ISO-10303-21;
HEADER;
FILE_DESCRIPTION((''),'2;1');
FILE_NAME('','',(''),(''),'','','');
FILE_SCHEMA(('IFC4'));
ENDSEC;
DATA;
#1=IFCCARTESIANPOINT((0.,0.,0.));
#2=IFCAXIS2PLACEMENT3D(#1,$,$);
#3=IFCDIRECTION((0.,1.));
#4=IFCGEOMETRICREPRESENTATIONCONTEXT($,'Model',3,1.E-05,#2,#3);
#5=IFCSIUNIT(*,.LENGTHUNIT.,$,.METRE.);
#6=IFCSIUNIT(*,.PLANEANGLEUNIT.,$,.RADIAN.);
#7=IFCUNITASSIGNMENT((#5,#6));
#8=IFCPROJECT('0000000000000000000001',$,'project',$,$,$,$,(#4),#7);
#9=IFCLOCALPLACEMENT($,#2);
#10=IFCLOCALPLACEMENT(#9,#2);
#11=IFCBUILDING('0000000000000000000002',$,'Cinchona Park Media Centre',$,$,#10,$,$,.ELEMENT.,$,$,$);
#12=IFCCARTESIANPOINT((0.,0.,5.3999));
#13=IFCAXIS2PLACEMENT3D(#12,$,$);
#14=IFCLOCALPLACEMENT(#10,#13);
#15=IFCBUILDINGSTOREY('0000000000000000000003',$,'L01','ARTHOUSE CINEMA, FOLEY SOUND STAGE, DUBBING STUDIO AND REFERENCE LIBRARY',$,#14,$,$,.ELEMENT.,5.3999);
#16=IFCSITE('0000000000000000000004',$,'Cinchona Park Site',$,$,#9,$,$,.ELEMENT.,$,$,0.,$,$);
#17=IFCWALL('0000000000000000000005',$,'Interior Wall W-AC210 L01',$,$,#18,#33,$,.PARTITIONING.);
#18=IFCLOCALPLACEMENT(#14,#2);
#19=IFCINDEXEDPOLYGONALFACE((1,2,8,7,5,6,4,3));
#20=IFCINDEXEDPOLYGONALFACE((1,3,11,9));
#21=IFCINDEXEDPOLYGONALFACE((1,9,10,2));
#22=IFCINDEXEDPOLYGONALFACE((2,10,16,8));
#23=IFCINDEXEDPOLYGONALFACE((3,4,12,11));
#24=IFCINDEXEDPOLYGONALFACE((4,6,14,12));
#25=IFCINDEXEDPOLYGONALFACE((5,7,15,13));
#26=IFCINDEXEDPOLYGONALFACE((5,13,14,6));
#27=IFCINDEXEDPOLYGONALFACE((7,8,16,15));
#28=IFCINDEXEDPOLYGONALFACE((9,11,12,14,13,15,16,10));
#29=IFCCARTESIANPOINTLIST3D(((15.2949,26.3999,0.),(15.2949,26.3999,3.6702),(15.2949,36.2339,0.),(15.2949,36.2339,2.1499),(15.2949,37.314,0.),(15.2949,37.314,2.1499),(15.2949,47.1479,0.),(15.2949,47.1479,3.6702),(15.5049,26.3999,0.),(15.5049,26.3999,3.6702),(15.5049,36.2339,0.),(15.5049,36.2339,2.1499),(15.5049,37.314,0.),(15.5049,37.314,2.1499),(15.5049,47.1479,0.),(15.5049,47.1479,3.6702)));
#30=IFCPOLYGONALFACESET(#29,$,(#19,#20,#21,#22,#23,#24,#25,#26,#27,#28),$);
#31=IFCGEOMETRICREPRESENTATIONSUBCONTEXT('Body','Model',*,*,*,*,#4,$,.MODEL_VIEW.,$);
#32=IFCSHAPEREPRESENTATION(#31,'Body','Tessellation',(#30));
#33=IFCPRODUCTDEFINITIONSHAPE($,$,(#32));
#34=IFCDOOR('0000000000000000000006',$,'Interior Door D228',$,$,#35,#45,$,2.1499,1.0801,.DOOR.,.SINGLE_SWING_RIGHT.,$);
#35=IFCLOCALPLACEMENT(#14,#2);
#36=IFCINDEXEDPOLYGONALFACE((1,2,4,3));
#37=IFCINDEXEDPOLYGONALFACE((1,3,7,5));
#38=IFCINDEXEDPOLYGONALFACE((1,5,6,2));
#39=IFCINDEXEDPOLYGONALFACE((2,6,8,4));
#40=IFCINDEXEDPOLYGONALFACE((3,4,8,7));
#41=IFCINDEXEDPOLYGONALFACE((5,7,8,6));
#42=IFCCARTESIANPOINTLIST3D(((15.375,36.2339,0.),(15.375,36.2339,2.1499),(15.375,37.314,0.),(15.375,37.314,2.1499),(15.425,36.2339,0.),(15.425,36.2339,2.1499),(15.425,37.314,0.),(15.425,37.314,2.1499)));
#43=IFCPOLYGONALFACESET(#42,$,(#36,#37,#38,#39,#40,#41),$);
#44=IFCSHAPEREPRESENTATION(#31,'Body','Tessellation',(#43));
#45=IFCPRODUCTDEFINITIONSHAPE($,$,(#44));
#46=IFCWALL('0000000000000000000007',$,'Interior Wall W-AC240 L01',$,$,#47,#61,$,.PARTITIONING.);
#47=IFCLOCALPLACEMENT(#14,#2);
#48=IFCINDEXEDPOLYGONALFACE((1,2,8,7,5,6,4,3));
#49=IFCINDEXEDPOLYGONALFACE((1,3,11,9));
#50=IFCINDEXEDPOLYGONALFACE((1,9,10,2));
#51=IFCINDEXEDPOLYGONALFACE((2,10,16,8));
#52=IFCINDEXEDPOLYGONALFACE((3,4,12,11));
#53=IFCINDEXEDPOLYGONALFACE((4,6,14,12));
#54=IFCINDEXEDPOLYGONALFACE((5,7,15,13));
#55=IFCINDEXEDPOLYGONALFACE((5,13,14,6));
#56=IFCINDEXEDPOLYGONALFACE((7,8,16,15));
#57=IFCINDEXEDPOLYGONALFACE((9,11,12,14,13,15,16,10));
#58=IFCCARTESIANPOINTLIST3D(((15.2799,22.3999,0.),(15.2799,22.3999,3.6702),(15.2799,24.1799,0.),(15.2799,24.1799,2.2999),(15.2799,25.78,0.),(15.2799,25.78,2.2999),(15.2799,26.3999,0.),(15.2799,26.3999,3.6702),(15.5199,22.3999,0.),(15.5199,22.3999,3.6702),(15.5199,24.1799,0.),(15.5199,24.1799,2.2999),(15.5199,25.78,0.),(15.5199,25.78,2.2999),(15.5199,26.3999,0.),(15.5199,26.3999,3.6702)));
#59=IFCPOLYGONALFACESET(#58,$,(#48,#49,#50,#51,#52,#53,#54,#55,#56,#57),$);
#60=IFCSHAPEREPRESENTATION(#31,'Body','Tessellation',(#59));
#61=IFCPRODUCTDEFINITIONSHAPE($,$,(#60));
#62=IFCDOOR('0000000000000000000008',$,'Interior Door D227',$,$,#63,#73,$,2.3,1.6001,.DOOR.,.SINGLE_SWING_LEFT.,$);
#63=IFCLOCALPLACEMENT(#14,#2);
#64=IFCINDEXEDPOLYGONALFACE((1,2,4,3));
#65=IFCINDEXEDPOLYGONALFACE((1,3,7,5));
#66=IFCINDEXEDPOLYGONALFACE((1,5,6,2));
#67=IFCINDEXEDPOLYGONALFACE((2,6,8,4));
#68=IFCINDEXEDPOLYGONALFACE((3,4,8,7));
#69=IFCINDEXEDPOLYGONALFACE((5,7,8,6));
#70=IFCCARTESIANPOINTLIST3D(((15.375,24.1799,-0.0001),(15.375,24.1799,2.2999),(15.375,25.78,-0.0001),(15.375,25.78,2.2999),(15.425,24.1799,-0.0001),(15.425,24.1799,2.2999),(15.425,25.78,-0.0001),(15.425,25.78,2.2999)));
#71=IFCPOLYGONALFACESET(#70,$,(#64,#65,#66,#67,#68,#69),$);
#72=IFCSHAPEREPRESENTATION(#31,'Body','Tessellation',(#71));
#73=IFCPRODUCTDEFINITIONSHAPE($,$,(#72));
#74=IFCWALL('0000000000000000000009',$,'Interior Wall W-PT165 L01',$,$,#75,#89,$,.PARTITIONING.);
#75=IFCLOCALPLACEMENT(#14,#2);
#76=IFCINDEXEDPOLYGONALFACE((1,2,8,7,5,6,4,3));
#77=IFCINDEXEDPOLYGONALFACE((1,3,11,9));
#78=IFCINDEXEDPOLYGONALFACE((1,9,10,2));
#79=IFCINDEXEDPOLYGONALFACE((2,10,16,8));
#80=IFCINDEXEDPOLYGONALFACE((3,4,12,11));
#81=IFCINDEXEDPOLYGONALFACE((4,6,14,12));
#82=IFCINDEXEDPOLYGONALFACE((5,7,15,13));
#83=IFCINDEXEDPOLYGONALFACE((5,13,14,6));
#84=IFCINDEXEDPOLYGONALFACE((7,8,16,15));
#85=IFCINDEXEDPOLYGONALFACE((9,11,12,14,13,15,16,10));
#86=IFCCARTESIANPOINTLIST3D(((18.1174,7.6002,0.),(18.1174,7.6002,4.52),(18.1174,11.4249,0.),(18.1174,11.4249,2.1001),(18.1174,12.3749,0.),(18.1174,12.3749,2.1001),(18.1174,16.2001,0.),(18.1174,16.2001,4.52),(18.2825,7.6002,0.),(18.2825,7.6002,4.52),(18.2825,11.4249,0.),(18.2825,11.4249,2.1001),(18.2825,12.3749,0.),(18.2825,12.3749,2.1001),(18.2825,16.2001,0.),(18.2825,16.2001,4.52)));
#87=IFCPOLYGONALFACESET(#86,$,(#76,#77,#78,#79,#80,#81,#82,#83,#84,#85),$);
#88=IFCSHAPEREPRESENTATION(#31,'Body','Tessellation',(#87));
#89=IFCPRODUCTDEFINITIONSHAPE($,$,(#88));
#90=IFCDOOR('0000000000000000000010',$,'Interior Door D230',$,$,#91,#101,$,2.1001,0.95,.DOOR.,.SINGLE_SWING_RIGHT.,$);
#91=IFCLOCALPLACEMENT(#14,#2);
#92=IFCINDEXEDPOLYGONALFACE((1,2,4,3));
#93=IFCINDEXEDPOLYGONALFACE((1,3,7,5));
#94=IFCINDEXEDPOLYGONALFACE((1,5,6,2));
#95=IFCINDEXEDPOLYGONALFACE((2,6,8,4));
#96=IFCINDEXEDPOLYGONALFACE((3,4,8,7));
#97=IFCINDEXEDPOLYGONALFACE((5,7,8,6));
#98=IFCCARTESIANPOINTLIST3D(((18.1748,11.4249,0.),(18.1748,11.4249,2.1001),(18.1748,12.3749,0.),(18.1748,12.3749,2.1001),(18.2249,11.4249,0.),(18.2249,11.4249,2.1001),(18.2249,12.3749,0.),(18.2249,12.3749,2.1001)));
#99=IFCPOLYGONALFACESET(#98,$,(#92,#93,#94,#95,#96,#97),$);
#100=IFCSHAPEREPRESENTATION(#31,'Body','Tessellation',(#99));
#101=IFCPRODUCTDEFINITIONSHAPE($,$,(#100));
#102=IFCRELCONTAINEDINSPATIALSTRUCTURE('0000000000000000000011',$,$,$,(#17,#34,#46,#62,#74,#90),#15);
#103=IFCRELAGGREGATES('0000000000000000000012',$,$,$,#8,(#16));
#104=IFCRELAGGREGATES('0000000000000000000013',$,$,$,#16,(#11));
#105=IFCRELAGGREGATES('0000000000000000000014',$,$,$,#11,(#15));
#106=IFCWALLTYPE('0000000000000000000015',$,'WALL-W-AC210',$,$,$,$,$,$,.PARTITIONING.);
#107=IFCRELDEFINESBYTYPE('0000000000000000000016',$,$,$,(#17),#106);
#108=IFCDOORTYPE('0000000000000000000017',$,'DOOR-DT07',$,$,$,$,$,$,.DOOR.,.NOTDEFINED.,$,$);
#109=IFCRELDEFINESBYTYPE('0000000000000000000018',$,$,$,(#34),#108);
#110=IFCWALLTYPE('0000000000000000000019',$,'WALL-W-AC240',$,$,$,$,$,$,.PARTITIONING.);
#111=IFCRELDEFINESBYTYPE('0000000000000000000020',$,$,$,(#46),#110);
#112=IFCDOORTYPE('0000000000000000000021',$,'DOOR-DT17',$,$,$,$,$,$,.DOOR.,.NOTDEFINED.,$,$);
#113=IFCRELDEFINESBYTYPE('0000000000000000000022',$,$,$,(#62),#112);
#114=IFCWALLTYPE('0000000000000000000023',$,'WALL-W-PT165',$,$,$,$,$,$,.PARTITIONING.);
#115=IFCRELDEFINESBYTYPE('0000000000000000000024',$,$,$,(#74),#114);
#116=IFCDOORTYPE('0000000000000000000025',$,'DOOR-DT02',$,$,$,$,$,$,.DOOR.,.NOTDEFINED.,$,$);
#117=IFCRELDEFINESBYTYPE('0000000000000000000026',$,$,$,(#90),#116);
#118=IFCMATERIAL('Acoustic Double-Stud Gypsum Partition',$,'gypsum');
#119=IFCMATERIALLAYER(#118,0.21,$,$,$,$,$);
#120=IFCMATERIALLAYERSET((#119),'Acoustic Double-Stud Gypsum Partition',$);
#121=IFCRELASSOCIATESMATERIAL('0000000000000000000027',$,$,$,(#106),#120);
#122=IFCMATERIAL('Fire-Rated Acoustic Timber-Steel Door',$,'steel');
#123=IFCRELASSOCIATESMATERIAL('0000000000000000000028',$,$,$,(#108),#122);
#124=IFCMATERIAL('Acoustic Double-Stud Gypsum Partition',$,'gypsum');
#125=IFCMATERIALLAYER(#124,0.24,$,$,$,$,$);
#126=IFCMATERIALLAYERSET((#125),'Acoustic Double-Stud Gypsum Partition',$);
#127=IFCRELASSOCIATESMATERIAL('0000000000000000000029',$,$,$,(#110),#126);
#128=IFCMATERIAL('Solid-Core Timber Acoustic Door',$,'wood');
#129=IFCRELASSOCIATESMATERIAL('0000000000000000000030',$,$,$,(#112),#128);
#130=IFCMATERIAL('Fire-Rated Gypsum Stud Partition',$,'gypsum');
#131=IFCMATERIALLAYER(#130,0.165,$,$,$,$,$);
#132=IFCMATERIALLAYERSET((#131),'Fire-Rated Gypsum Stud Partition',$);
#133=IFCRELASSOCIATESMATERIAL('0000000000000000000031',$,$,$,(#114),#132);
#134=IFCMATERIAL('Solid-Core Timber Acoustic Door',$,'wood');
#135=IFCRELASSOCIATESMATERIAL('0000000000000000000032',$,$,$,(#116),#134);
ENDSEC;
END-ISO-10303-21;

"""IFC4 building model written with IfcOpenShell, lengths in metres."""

from ifc_helpers import new_model, si_unit, direction, frame, frame_2d, origin, place, context, subcontext, project, spatial, rectangle, extrude, material, layer, layer_set, type_object, element, fill, save


model = new_model("IFC4")

# Units and contexts
model_context = context("Model", 3, precision=1e-05, world=origin(), true_north=direction((0.0, 1.0)))
body_context = subcontext(model_context, "Body", "Model", "MODEL_VIEW")
ifc_project = project(units=[si_unit("LENGTHUNIT", "METRE"), si_unit("PLANEANGLEUNIT", "RADIAN")], contexts=[model_context])

# Site, building, storey
site_placement = place(None, origin())
site = spatial("IfcSite", under=ifc_project, at=site_placement, Name="Cinchona Park Site", CompositionType="ELEMENT", RefElevation=0.0)
building_placement = place(site_placement, origin())
building = spatial("IfcBuilding", under=site, at=building_placement, Name="Cinchona Park Media Centre", CompositionType="ELEMENT")
storey_placement = place(building_placement, frame((0.0, 0.0, 5.3999)))
storey = spatial("IfcBuildingStorey", under=building, at=storey_placement, Name="L01", Description="ARTHOUSE CINEMA, FOLEY SOUND STAGE, DUBBING STUDIO AND REFERENCE LIBRARY", CompositionType="ELEMENT", Elevation=5.3999)

# Walls, openings, doors
ifc_material_1 = material(Name="Acoustic Double-Stud Gypsum Partition", Category="gypsum")
ifc_layer_1 = layer(ifc_material_1, 0.21)
ifc_layer_set_1 = layer_set([ifc_layer_1], Name="Acoustic Double-Stud Gypsum Partition")
wall_type_1 = type_object("IfcWallType", Name="WALL-W-AC210", PredefinedType="PARTITIONING", material=ifc_layer_set_1)
wall_1_placement = place(storey_placement, frame((15.3999, 26.3999, 0.0), z_axis=(0.0, 0.0, 1.0), x_axis=(0.0, 1.0, 0.0)))
wall_1 = element("IfcWall", 1, at=wall_1_placement, inside=storey, type_object=wall_type_1, Name="Interior Wall W-AC210 L01", PredefinedType="PARTITIONING", context=body_context, shape_type="SweptSolid", body=[
    extrude(rectangle(XDim=20.748, YDim=0.21, at=frame_2d((10.374, 0.0))), origin(), (0.0, 0.0, 1.0), 3.6702),
])
opening_1_placement = place(wall_1_placement, frame((9.834, 0.0, 0.0)))
opening_1 = element("IfcOpeningElement", 2, at=opening_1_placement, cuts=wall_1, PredefinedType="OPENING", context=body_context, shape_type="SweptSolid", body=[
    extrude(rectangle(XDim=1.0801, YDim=2.1499, at=frame_2d((0.54, 1.075))), frame((0.0, 0.115, 0.0), z_axis=(0.0, -1.0, 0.0), x_axis=(1.0, 0.0, 0.0)), (0.0, 0.0, 1.0), 0.23),
])
ifc_material_2 = material(Name="Fire-Rated Acoustic Timber-Steel Door", Category="steel")
door_type_1 = type_object("IfcDoorType", Name="DOOR-DT07", OperationType="NOTDEFINED", PredefinedType="DOOR", material=ifc_material_2)
door_1_placement = place(opening_1_placement, origin())
door_1 = element("IfcDoor", 3, at=door_1_placement, inside=storey, type_object=door_type_1, Name="Interior Door D228", OperationType="SINGLE_SWING_RIGHT", OverallHeight=2.1499, OverallWidth=1.0801, PredefinedType="DOOR", context=body_context, shape_type="SweptSolid", body=[
    extrude(rectangle(XDim=1.0801, YDim=2.1499, at=frame_2d((0.54, 1.075))), frame((0.0, 0.0249, 0.0), z_axis=(0.0, -1.0, 0.0), x_axis=(1.0, 0.0, 0.0)), (0.0, 0.0, 1.0), 0.05),
])
fill(opening_1, door_1)
ifc_material_3 = material(Name="Acoustic Double-Stud Gypsum Partition", Category="gypsum")
ifc_layer_2 = layer(ifc_material_3, 0.24)
ifc_layer_set_2 = layer_set([ifc_layer_2], Name="Acoustic Double-Stud Gypsum Partition")
wall_type_2 = type_object("IfcWallType", Name="WALL-W-AC240", PredefinedType="PARTITIONING", material=ifc_layer_set_2)
wall_2_placement = place(storey_placement, frame((15.3999, 22.3999, 0.0), z_axis=(0.0, 0.0, 1.0), x_axis=(0.0, 1.0, 0.0)))
wall_2 = element("IfcWall", 4, at=wall_2_placement, inside=storey, type_object=wall_type_2, Name="Interior Wall W-AC240 L01", PredefinedType="PARTITIONING", context=body_context, shape_type="SweptSolid", body=[
    extrude(rectangle(XDim=4.0, YDim=0.24, at=frame_2d((2.0, 0.0))), origin(), (0.0, 0.0, 1.0), 3.6702),
])
opening_2_placement = place(wall_2_placement, frame((1.78, 0.0, 0.0)))
opening_2 = element("IfcOpeningElement", 5, at=opening_2_placement, cuts=wall_2, PredefinedType="OPENING", context=body_context, shape_type="SweptSolid", body=[
    extrude(rectangle(XDim=1.6001, YDim=2.3, at=frame_2d((0.8, 1.1499))), frame((0.0, 0.1299, 0.0), z_axis=(0.0, -1.0, 0.0), x_axis=(1.0, 0.0, 0.0)), (0.0, 0.0, 1.0), 0.26),
])
ifc_material_4 = material(Name="Solid-Core Timber Acoustic Door", Category="wood")
door_type_2 = type_object("IfcDoorType", Name="DOOR-DT17", OperationType="NOTDEFINED", PredefinedType="DOOR", material=ifc_material_4)
door_2_placement = place(opening_2_placement, origin())
door_2 = element("IfcDoor", 6, at=door_2_placement, inside=storey, type_object=door_type_2, Name="Interior Door D227", OperationType="SINGLE_SWING_LEFT", OverallHeight=2.3, OverallWidth=1.6001, PredefinedType="DOOR", context=body_context, shape_type="SweptSolid", body=[
    extrude(rectangle(XDim=1.6001, YDim=2.3, at=frame_2d((0.8, 1.1499))), frame((0.0, 0.0249, 0.0), z_axis=(0.0, -1.0, 0.0), x_axis=(1.0, 0.0, 0.0)), (0.0, 0.0, 1.0), 0.05),
])
fill(opening_2, door_2)
ifc_material_5 = material(Name="Fire-Rated Gypsum Stud Partition", Category="gypsum")
ifc_layer_3 = layer(ifc_material_5, 0.165)
ifc_layer_set_3 = layer_set([ifc_layer_3], Name="Fire-Rated Gypsum Stud Partition")
wall_type_3 = type_object("IfcWallType", Name="WALL-W-PT165", PredefinedType="PARTITIONING", material=ifc_layer_set_3)
wall_3_placement = place(storey_placement, frame((18.2, 16.2, 0.0), z_axis=(0.0, 0.0, 1.0), x_axis=(0.0, -1.0, 0.0)))
wall_3 = element("IfcWall", 7, at=wall_3_placement, inside=storey, type_object=wall_type_3, Name="Interior Wall W-PT165 L01", PredefinedType="PARTITIONING", context=body_context, shape_type="SweptSolid", body=[
    extrude(rectangle(XDim=8.5999, YDim=0.165, at=frame_2d((4.2998, 0.0))), origin(), (0.0, 0.0, 1.0), 4.52),
])
opening_3_placement = place(wall_3_placement, frame((3.825, 0.0, 0.0)))
opening_3 = element("IfcOpeningElement", 8, at=opening_3_placement, cuts=wall_3, PredefinedType="OPENING", context=body_context, shape_type="SweptSolid", body=[
    extrude(rectangle(XDim=0.95, YDim=2.1001, at=frame_2d((0.4751, 1.05))), frame((0.0, 0.0925, 0.0), z_axis=(0.0, -1.0, 0.0), x_axis=(1.0, 0.0, 0.0)), (0.0, 0.0, 1.0), 0.1851),
])
ifc_material_6 = material(Name="Solid-Core Timber Acoustic Door", Category="wood")
door_type_3 = type_object("IfcDoorType", Name="DOOR-DT02", OperationType="NOTDEFINED", PredefinedType="DOOR", material=ifc_material_6)
door_3_placement = place(opening_3_placement, origin())
door_3 = element("IfcDoor", 9, at=door_3_placement, inside=storey, type_object=door_type_3, Name="Interior Door D230", OperationType="SINGLE_SWING_RIGHT", OverallHeight=2.1001, OverallWidth=0.95, PredefinedType="DOOR", context=body_context, shape_type="SweptSolid", body=[
    extrude(rectangle(XDim=0.95, YDim=2.1001, at=frame_2d((0.4751, 1.05))), frame((0.0, 0.0249, 0.0), z_axis=(0.0, -1.0, 0.0), x_axis=(1.0, 0.0, 0.0)), (0.0, 0.0, 1.0), 0.05),
])
fill(opening_3, door_3)

save(model, "model.ifc")
